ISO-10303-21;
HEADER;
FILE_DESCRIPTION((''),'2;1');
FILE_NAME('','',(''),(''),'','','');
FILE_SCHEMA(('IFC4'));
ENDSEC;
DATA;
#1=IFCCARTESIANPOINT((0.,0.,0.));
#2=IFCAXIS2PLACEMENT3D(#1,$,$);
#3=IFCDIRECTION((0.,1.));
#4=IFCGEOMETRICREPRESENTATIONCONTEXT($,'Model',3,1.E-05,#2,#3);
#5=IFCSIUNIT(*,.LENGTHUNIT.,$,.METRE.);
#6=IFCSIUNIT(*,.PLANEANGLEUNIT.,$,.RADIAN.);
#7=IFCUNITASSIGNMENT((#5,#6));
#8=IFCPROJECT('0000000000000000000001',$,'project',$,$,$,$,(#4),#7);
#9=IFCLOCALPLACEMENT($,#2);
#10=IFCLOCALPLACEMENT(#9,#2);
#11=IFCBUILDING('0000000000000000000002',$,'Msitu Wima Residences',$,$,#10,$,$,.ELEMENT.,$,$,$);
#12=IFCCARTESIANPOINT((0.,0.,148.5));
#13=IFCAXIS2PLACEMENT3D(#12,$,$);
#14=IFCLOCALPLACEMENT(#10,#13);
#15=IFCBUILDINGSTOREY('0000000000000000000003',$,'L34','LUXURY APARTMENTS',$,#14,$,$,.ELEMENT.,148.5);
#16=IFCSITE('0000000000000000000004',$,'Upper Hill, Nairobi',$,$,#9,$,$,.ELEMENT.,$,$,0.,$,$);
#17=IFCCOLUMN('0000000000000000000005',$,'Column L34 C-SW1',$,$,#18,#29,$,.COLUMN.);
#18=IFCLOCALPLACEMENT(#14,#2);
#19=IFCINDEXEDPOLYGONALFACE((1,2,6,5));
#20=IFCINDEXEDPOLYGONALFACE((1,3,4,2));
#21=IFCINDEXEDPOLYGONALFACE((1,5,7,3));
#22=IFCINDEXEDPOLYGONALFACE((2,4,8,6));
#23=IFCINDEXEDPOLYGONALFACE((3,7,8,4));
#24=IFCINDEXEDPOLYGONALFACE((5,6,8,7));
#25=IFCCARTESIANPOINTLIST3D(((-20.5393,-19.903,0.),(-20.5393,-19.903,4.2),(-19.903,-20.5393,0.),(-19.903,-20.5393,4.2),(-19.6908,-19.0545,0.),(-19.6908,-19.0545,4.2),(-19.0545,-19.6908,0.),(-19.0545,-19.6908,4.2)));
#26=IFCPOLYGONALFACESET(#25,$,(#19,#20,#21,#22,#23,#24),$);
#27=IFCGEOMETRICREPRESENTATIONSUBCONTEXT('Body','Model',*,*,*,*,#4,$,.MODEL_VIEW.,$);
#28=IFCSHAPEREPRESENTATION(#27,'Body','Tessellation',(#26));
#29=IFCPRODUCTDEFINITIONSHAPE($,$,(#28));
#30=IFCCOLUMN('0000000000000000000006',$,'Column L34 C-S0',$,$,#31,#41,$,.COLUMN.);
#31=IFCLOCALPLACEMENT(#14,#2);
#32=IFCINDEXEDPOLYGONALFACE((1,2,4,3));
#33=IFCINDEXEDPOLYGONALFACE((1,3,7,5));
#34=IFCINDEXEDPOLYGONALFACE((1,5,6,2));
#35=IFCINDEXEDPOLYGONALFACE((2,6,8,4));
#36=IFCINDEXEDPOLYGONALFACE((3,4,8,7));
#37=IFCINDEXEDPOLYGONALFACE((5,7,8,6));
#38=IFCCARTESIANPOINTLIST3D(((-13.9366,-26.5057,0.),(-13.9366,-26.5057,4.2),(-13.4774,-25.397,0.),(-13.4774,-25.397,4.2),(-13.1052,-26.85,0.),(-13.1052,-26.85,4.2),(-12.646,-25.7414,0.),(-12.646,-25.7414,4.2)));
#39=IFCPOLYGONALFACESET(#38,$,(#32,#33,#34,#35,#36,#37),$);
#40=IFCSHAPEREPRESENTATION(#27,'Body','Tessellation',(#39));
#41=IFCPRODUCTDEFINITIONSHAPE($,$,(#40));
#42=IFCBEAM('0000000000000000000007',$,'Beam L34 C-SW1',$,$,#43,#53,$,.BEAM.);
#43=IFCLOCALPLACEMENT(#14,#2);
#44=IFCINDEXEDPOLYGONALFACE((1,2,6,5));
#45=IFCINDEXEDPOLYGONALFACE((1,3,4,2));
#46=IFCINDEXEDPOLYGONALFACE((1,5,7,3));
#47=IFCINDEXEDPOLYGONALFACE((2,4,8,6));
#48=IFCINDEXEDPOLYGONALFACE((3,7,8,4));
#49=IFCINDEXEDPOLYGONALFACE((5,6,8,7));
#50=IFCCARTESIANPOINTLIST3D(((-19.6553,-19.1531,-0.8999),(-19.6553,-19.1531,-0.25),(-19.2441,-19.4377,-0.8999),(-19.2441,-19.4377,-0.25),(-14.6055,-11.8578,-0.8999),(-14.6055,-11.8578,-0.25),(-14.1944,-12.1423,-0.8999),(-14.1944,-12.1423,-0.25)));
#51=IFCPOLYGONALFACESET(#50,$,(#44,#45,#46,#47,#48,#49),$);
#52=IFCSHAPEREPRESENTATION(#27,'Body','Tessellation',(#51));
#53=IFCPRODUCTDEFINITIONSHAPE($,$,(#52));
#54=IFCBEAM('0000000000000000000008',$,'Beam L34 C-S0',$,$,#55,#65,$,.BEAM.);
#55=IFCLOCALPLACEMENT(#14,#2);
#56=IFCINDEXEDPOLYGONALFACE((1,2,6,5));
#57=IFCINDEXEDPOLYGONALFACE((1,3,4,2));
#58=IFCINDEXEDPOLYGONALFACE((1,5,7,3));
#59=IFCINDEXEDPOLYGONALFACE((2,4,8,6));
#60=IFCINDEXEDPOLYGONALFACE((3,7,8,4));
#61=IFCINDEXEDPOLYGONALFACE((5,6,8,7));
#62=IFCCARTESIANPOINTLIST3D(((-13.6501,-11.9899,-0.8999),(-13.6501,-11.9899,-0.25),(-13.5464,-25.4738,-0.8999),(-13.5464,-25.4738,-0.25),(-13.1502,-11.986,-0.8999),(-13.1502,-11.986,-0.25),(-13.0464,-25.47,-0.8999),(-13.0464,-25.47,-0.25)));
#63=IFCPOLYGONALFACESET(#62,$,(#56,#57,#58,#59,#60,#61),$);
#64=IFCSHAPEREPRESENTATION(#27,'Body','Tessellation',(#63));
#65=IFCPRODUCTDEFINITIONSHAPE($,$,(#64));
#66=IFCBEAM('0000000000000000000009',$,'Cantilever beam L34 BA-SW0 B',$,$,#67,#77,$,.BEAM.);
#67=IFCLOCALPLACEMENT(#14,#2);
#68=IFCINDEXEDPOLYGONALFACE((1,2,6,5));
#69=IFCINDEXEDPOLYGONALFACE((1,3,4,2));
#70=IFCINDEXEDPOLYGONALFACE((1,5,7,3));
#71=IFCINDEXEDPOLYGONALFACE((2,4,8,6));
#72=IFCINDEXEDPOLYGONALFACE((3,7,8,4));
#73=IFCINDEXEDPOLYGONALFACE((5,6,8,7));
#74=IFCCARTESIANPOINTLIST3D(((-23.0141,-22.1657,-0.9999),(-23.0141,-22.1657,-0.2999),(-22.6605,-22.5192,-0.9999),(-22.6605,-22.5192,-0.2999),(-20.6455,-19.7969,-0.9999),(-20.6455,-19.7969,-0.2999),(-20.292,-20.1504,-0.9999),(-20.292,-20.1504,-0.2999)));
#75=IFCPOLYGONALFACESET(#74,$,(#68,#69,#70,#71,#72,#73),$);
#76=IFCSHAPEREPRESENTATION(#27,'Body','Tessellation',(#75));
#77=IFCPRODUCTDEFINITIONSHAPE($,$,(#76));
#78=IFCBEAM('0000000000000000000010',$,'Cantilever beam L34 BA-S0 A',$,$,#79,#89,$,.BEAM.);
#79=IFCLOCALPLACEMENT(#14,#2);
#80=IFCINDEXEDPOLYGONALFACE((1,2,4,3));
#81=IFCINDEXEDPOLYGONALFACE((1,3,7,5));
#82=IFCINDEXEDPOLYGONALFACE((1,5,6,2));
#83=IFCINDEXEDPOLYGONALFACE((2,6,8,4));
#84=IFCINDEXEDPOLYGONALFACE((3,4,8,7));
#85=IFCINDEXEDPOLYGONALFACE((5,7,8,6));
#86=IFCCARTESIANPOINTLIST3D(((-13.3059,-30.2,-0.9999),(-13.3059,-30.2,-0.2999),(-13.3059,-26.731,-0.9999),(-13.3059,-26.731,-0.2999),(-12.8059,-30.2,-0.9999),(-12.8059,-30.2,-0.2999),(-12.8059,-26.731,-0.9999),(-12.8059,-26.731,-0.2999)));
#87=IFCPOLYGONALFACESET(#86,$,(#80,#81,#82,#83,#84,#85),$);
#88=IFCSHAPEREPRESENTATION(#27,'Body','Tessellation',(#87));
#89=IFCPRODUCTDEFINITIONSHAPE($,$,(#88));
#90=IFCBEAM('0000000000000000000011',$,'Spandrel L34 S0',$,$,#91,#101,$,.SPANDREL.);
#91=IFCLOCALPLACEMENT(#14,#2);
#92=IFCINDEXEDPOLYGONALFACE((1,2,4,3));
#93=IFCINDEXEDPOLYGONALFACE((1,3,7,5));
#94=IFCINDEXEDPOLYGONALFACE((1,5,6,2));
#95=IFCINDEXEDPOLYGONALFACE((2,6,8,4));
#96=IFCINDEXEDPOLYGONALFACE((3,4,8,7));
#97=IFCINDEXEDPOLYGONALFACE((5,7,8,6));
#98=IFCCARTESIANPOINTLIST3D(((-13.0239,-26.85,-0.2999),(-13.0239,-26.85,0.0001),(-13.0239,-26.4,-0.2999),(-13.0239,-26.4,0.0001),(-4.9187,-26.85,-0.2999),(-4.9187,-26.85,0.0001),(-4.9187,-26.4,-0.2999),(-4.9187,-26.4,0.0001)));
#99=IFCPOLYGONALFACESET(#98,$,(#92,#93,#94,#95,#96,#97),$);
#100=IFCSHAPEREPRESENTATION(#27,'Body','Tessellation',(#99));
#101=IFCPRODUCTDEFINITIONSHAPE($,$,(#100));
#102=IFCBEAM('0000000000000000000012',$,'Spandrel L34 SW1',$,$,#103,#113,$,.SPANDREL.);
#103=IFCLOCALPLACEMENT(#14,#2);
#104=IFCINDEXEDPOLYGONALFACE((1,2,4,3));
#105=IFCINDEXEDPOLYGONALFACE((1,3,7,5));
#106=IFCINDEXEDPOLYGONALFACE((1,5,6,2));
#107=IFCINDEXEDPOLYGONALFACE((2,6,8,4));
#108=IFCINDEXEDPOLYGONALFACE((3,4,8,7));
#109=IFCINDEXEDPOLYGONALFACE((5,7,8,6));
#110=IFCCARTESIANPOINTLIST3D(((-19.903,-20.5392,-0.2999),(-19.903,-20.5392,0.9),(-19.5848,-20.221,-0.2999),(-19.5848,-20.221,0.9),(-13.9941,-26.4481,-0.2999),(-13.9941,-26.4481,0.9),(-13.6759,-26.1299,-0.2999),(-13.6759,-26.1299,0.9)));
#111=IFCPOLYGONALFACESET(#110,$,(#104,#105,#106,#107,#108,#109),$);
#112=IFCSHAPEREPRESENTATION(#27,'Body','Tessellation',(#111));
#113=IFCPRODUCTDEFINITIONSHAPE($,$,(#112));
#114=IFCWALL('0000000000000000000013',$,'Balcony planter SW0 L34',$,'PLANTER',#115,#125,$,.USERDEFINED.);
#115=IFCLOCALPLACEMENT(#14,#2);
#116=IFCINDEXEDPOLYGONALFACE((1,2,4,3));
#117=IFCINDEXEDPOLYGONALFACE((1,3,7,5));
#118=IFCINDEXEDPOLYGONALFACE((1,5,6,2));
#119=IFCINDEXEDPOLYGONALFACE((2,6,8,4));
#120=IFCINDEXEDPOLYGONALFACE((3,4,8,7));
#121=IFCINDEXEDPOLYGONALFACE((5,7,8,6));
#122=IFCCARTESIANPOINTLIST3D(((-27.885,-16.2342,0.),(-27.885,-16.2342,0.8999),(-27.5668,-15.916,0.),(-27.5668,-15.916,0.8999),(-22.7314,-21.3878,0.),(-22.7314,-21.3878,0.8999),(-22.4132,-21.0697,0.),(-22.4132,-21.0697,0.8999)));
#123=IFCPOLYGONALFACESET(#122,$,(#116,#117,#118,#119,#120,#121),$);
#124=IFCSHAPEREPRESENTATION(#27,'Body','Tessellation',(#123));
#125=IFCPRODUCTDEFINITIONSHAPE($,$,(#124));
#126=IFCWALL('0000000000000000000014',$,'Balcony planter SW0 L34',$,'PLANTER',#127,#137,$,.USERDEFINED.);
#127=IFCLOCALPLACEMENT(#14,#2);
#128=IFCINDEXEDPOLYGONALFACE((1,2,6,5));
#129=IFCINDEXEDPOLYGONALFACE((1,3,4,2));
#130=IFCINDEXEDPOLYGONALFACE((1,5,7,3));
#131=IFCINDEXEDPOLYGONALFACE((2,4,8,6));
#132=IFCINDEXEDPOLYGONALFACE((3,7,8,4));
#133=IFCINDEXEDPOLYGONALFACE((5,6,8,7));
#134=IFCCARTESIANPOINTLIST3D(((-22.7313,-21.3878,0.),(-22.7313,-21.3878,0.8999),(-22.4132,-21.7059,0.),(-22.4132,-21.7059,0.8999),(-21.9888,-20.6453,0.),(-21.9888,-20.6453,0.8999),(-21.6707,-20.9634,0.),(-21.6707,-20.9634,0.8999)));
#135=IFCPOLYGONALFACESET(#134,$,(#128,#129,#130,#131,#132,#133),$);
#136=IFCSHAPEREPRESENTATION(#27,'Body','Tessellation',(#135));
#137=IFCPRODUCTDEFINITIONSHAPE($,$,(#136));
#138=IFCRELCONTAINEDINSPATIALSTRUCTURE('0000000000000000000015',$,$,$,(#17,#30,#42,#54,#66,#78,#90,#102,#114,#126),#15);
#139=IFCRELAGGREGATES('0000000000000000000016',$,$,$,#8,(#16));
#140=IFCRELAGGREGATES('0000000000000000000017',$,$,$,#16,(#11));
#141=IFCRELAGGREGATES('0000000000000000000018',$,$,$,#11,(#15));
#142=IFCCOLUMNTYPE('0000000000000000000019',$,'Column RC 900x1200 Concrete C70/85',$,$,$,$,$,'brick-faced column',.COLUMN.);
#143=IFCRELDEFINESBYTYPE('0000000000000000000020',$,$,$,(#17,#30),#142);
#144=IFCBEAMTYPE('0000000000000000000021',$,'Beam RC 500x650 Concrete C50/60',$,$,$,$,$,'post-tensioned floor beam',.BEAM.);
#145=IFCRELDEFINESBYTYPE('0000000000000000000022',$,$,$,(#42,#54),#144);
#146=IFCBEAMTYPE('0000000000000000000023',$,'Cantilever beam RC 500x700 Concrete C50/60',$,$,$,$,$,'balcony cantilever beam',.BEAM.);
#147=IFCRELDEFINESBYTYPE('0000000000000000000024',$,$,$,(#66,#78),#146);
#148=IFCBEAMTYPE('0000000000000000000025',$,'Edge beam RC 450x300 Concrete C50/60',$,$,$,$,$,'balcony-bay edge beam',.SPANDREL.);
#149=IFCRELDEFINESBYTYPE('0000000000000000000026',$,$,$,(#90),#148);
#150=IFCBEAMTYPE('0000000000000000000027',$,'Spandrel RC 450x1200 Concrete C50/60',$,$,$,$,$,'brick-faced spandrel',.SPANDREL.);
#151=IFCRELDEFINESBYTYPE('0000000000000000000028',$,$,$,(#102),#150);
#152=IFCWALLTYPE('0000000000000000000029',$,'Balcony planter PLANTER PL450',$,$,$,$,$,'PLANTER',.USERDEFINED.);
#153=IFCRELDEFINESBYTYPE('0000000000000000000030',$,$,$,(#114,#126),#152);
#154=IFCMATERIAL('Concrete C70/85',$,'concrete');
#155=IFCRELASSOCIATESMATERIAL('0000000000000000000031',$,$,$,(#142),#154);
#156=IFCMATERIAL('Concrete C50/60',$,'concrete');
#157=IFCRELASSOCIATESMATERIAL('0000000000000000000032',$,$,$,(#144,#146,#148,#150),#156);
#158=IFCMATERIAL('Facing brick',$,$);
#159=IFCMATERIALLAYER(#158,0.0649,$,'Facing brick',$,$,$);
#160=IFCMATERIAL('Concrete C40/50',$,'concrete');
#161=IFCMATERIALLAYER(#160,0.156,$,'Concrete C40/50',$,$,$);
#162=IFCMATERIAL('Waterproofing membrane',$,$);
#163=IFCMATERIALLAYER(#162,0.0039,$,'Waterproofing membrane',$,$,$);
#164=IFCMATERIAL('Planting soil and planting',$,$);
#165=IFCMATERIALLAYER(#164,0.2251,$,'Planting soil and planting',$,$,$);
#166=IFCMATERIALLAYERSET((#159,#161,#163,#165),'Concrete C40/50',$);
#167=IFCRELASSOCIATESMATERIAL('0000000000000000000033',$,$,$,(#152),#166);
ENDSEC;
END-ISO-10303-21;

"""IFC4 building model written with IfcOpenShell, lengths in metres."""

from ifc_helpers import new_model, si_unit, direction, frame, frame_2d, origin, origin_2d, place, context, subcontext, project, spatial, rectangle, extrude, material, layer, layer_set, material_profile, profile_set, type_object, element, save


model = new_model("IFC4")

# Units and contexts
model_context = context("Model", 3, precision=1e-05, world=origin(), true_north=direction((0.0, 1.0)))
body_context = subcontext(model_context, "Body", "Model", "MODEL_VIEW")
ifc_project = project(units=[si_unit("LENGTHUNIT", "METRE"), si_unit("PLANEANGLEUNIT", "RADIAN")], contexts=[model_context])

# Site, building, storey
site_placement = place(None, origin())
site = spatial("IfcSite", under=ifc_project, at=site_placement, Name="Upper Hill, Nairobi", CompositionType="ELEMENT", RefElevation=0.0)
building_placement = place(site_placement, origin())
building = spatial("IfcBuilding", under=site, at=building_placement, Name="Msitu Wima Residences", CompositionType="ELEMENT")
storey_placement = place(building_placement, frame((0.0, 0.0, 148.5)))
storey = spatial("IfcBuildingStorey", under=building, at=storey_placement, Name="L34", Description="LUXURY APARTMENTS", CompositionType="ELEMENT", Elevation=148.5)

# Columns
ifc_material_1 = material(Name="Concrete C70/85", Category="concrete")
ifc_material_profile_1 = material_profile(ifc_material_1, rectangle(XDim=0.8999, YDim=1.2, at=origin_2d()), Name="RC 900x1200")
ifc_profile_set_1 = profile_set([ifc_material_profile_1], Name="Concrete C70/85")
column_type = type_object("IfcColumnType", Name="Column RC 900x1200 Concrete C70/85", ElementType="brick-faced column", PredefinedType="COLUMN", material=ifc_profile_set_1)
for number, where, z_axis, x_axis, name in (
    (1, (-19.7969, -19.7969, 0.0), (0.0, 0.0, 1.0), (0.707107, -0.707107, 0.0), "Column L34 C-SW1"),
    (2, (-13.2913, -26.1235, 0.0), (0.0, 0.0, 1.0), (0.92388, -0.382683, 0.0), "Column L34 C-S0"),
):
    element("IfcColumn", number, at=place(storey_placement, frame(where, z_axis=z_axis, x_axis=x_axis)), inside=storey, type_object=column_type, Name=name, PredefinedType="COLUMN", context=body_context, shape_type="SweptSolid", body=[
        extrude(rectangle(XDim=0.8999, YDim=1.2, at=origin_2d()), origin(), (0.0, 0.0, 1.0), 4.2),
    ])

# Beams
ifc_material_2 = material(Name="Concrete C50/60", Category="concrete")
ifc_material_profile_2 = material_profile(ifc_material_2, rectangle(XDim=0.5, YDim=0.6499, at=origin_2d()), Name="RC 500x650")
ifc_profile_set_2 = profile_set([ifc_material_profile_2], Name="Concrete C50/60")
beam_type_1 = type_object("IfcBeamType", Name="Beam RC 500x650 Concrete C50/60", ElementType="post-tensioned floor beam", PredefinedType="BEAM", material=ifc_profile_set_2)
beam_1_placement = place(storey_placement, frame((-19.4497, -19.2954, -0.575), z_axis=(0.569144, 0.822238, 0.0), x_axis=(-0.822238, 0.569144, 0.0)))
element("IfcBeam", 3, at=beam_1_placement, inside=storey, type_object=beam_type_1, Name="Beam L34 C-SW1", PredefinedType="BEAM", context=body_context, shape_type="SweptSolid", body=[
    extrude(rectangle(XDim=0.5, YDim=0.6499, at=origin_2d()), origin(), (0.0, 0.0, 1.0), 8.8726),
])
beam_2_placement = place(storey_placement, frame((-13.2964, -25.4719, -0.575), z_axis=(-0.007695, 0.99997, 0.0), x_axis=(-0.99997, -0.007695, 0.0)))
element("IfcBeam", 4, at=beam_2_placement, inside=storey, type_object=beam_type_1, Name="Beam L34 C-S0", PredefinedType="BEAM", context=body_context, shape_type="SweptSolid", body=[
    extrude(rectangle(XDim=0.5, YDim=0.6499, at=origin_2d()), origin(), (0.0, 0.0, 1.0), 13.4844),
])
ifc_material_profile_3 = material_profile(ifc_material_2, rectangle(XDim=0.5, YDim=0.7, at=origin_2d()), Name="RC 500x700")
ifc_profile_set_3 = profile_set([ifc_material_profile_3], Name="Concrete C50/60")
beam_type_2 = type_object("IfcBeamType", Name="Cantilever beam RC 500x700 Concrete C50/60", ElementType="balcony cantilever beam", PredefinedType="BEAM", material=ifc_profile_set_3)
beam_3_placement = place(storey_placement, frame((-20.4688, -19.9736, -0.6499), z_axis=(-0.70707, -0.707143, 0.0), x_axis=(0.707143, -0.70707, 0.0)))
element("IfcBeam", 5, at=beam_3_placement, inside=storey, type_object=beam_type_2, Name="Cantilever beam L34 BA-SW0 B", PredefinedType="BEAM", context=body_context, shape_type="SweptSolid", body=[
    extrude(rectangle(XDim=0.5, YDim=0.7, at=origin_2d()), origin(), (0.0, 0.0, 1.0), 3.3499),
])
beam_4_placement = place(storey_placement, frame((-13.0559, -26.731, -0.6499), z_axis=(0.0, -1.0, 0.0), x_axis=(1.0, 0.0, 0.0)))
element("IfcBeam", 6, at=beam_4_placement, inside=storey, type_object=beam_type_2, Name="Cantilever beam L34 BA-S0 A", PredefinedType="BEAM", context=body_context, shape_type="SweptSolid", body=[
    extrude(rectangle(XDim=0.5, YDim=0.7, at=origin_2d()), origin(), (0.0, 0.0, 1.0), 3.469),
])
ifc_material_profile_4 = material_profile(ifc_material_2, rectangle(XDim=0.45, YDim=0.3, at=origin_2d()), Name="RC 450x300")
ifc_profile_set_4 = profile_set([ifc_material_profile_4], Name="Concrete C50/60")
beam_type_3 = type_object("IfcBeamType", Name="Edge beam RC 450x300 Concrete C50/60", ElementType="balcony-bay edge beam", PredefinedType="SPANDREL", material=ifc_profile_set_4)
beam_5_placement = place(storey_placement, frame((-13.0239, -26.625, -0.1499), z_axis=(1.0, 0.0, 0.0), x_axis=(0.0, 1.0, 0.0)))
element("IfcBeam", 7, at=beam_5_placement, inside=storey, type_object=beam_type_3, Name="Spandrel L34 S0", PredefinedType="SPANDREL", context=body_context, shape_type="SweptSolid", body=[
    extrude(rectangle(XDim=0.45, YDim=0.3, at=origin_2d()), origin(), (0.0, 0.0, 1.0), 8.1052),
])
ifc_material_profile_5 = material_profile(ifc_material_2, rectangle(XDim=0.45, YDim=1.2, at=origin_2d()), Name="RC 450x1200")
ifc_profile_set_5 = profile_set([ifc_material_profile_5], Name="Concrete C50/60")
beam_type_4 = type_object("IfcBeamType", Name="Spandrel RC 450x1200 Concrete C50/60", ElementType="brick-faced spandrel", PredefinedType="SPANDREL", material=ifc_profile_set_5)
beam_6_placement = place(storey_placement, frame((-19.7439, -20.3801, 0.3), z_axis=(0.707107, -0.707107, 0.0), x_axis=(0.707107, 0.707107, 0.0)))
element("IfcBeam", 8, at=beam_6_placement, inside=storey, type_object=beam_type_4, Name="Spandrel L34 SW1", PredefinedType="SPANDREL", context=body_context, shape_type="SweptSolid", body=[
    extrude(rectangle(XDim=0.45, YDim=1.2, at=origin_2d()), origin(), (0.0, 0.0, 1.0), 8.3564),
])

# Walls
ifc_material_3 = material(Name="Facing brick")
ifc_layer_1 = layer(ifc_material_3, 0.0649, Name="Facing brick")
ifc_material_4 = material(Name="Concrete C40/50", Category="concrete")
ifc_layer_2 = layer(ifc_material_4, 0.156, Name="Concrete C40/50")
ifc_material_5 = material(Name="Waterproofing membrane")
ifc_layer_3 = layer(ifc_material_5, 0.0039, Name="Waterproofing membrane")
ifc_material_6 = material(Name="Planting soil and planting")
ifc_layer_4 = layer(ifc_material_6, 0.2251, Name="Planting soil and planting")
ifc_layer_set_1 = layer_set([ifc_layer_1, ifc_layer_2, ifc_layer_3, ifc_layer_4], Name="Concrete C40/50")
wall_type_1 = type_object("IfcWallType", Name="Balcony planter PLANTER PL450", ElementType="PLANTER", PredefinedType="USERDEFINED", material=ifc_layer_set_1)
wall_1_placement = place(storey_placement, frame((-27.7258, -16.0752, 0.0), z_axis=(0.0, 0.0, 1.0), x_axis=(0.707107, -0.707107, 0.0)))
element("IfcWall", 9, at=wall_1_placement, inside=storey, type_object=wall_type_1, Name="Balcony planter SW0 L34", ObjectType="PLANTER", PredefinedType="USERDEFINED", context=body_context, shape_type="SweptSolid", body=[
    extrude(rectangle(XDim=7.2883, YDim=0.45, at=frame_2d((3.644, 0.0))), origin(), (0.0, 0.0, 1.0), 0.8999),
])
wall_2_placement = place(storey_placement, frame((-21.8298, -20.8044, 0.0), z_axis=(0.0, 0.0, 1.0), x_axis=(-0.707107, -0.707107, 0.0)))
element("IfcWall", 10, at=wall_2_placement, inside=storey, type_object=wall_type_1, Name="Balcony planter SW0 L34", ObjectType="PLANTER", PredefinedType="USERDEFINED", context=body_context, shape_type="SweptSolid", body=[
    extrude(rectangle(XDim=1.05, YDim=0.45, at=frame_2d((0.5249, 0.0))), origin(), (0.0, 0.0, 1.0), 0.8999),
])

save(model, "model.ifc")
